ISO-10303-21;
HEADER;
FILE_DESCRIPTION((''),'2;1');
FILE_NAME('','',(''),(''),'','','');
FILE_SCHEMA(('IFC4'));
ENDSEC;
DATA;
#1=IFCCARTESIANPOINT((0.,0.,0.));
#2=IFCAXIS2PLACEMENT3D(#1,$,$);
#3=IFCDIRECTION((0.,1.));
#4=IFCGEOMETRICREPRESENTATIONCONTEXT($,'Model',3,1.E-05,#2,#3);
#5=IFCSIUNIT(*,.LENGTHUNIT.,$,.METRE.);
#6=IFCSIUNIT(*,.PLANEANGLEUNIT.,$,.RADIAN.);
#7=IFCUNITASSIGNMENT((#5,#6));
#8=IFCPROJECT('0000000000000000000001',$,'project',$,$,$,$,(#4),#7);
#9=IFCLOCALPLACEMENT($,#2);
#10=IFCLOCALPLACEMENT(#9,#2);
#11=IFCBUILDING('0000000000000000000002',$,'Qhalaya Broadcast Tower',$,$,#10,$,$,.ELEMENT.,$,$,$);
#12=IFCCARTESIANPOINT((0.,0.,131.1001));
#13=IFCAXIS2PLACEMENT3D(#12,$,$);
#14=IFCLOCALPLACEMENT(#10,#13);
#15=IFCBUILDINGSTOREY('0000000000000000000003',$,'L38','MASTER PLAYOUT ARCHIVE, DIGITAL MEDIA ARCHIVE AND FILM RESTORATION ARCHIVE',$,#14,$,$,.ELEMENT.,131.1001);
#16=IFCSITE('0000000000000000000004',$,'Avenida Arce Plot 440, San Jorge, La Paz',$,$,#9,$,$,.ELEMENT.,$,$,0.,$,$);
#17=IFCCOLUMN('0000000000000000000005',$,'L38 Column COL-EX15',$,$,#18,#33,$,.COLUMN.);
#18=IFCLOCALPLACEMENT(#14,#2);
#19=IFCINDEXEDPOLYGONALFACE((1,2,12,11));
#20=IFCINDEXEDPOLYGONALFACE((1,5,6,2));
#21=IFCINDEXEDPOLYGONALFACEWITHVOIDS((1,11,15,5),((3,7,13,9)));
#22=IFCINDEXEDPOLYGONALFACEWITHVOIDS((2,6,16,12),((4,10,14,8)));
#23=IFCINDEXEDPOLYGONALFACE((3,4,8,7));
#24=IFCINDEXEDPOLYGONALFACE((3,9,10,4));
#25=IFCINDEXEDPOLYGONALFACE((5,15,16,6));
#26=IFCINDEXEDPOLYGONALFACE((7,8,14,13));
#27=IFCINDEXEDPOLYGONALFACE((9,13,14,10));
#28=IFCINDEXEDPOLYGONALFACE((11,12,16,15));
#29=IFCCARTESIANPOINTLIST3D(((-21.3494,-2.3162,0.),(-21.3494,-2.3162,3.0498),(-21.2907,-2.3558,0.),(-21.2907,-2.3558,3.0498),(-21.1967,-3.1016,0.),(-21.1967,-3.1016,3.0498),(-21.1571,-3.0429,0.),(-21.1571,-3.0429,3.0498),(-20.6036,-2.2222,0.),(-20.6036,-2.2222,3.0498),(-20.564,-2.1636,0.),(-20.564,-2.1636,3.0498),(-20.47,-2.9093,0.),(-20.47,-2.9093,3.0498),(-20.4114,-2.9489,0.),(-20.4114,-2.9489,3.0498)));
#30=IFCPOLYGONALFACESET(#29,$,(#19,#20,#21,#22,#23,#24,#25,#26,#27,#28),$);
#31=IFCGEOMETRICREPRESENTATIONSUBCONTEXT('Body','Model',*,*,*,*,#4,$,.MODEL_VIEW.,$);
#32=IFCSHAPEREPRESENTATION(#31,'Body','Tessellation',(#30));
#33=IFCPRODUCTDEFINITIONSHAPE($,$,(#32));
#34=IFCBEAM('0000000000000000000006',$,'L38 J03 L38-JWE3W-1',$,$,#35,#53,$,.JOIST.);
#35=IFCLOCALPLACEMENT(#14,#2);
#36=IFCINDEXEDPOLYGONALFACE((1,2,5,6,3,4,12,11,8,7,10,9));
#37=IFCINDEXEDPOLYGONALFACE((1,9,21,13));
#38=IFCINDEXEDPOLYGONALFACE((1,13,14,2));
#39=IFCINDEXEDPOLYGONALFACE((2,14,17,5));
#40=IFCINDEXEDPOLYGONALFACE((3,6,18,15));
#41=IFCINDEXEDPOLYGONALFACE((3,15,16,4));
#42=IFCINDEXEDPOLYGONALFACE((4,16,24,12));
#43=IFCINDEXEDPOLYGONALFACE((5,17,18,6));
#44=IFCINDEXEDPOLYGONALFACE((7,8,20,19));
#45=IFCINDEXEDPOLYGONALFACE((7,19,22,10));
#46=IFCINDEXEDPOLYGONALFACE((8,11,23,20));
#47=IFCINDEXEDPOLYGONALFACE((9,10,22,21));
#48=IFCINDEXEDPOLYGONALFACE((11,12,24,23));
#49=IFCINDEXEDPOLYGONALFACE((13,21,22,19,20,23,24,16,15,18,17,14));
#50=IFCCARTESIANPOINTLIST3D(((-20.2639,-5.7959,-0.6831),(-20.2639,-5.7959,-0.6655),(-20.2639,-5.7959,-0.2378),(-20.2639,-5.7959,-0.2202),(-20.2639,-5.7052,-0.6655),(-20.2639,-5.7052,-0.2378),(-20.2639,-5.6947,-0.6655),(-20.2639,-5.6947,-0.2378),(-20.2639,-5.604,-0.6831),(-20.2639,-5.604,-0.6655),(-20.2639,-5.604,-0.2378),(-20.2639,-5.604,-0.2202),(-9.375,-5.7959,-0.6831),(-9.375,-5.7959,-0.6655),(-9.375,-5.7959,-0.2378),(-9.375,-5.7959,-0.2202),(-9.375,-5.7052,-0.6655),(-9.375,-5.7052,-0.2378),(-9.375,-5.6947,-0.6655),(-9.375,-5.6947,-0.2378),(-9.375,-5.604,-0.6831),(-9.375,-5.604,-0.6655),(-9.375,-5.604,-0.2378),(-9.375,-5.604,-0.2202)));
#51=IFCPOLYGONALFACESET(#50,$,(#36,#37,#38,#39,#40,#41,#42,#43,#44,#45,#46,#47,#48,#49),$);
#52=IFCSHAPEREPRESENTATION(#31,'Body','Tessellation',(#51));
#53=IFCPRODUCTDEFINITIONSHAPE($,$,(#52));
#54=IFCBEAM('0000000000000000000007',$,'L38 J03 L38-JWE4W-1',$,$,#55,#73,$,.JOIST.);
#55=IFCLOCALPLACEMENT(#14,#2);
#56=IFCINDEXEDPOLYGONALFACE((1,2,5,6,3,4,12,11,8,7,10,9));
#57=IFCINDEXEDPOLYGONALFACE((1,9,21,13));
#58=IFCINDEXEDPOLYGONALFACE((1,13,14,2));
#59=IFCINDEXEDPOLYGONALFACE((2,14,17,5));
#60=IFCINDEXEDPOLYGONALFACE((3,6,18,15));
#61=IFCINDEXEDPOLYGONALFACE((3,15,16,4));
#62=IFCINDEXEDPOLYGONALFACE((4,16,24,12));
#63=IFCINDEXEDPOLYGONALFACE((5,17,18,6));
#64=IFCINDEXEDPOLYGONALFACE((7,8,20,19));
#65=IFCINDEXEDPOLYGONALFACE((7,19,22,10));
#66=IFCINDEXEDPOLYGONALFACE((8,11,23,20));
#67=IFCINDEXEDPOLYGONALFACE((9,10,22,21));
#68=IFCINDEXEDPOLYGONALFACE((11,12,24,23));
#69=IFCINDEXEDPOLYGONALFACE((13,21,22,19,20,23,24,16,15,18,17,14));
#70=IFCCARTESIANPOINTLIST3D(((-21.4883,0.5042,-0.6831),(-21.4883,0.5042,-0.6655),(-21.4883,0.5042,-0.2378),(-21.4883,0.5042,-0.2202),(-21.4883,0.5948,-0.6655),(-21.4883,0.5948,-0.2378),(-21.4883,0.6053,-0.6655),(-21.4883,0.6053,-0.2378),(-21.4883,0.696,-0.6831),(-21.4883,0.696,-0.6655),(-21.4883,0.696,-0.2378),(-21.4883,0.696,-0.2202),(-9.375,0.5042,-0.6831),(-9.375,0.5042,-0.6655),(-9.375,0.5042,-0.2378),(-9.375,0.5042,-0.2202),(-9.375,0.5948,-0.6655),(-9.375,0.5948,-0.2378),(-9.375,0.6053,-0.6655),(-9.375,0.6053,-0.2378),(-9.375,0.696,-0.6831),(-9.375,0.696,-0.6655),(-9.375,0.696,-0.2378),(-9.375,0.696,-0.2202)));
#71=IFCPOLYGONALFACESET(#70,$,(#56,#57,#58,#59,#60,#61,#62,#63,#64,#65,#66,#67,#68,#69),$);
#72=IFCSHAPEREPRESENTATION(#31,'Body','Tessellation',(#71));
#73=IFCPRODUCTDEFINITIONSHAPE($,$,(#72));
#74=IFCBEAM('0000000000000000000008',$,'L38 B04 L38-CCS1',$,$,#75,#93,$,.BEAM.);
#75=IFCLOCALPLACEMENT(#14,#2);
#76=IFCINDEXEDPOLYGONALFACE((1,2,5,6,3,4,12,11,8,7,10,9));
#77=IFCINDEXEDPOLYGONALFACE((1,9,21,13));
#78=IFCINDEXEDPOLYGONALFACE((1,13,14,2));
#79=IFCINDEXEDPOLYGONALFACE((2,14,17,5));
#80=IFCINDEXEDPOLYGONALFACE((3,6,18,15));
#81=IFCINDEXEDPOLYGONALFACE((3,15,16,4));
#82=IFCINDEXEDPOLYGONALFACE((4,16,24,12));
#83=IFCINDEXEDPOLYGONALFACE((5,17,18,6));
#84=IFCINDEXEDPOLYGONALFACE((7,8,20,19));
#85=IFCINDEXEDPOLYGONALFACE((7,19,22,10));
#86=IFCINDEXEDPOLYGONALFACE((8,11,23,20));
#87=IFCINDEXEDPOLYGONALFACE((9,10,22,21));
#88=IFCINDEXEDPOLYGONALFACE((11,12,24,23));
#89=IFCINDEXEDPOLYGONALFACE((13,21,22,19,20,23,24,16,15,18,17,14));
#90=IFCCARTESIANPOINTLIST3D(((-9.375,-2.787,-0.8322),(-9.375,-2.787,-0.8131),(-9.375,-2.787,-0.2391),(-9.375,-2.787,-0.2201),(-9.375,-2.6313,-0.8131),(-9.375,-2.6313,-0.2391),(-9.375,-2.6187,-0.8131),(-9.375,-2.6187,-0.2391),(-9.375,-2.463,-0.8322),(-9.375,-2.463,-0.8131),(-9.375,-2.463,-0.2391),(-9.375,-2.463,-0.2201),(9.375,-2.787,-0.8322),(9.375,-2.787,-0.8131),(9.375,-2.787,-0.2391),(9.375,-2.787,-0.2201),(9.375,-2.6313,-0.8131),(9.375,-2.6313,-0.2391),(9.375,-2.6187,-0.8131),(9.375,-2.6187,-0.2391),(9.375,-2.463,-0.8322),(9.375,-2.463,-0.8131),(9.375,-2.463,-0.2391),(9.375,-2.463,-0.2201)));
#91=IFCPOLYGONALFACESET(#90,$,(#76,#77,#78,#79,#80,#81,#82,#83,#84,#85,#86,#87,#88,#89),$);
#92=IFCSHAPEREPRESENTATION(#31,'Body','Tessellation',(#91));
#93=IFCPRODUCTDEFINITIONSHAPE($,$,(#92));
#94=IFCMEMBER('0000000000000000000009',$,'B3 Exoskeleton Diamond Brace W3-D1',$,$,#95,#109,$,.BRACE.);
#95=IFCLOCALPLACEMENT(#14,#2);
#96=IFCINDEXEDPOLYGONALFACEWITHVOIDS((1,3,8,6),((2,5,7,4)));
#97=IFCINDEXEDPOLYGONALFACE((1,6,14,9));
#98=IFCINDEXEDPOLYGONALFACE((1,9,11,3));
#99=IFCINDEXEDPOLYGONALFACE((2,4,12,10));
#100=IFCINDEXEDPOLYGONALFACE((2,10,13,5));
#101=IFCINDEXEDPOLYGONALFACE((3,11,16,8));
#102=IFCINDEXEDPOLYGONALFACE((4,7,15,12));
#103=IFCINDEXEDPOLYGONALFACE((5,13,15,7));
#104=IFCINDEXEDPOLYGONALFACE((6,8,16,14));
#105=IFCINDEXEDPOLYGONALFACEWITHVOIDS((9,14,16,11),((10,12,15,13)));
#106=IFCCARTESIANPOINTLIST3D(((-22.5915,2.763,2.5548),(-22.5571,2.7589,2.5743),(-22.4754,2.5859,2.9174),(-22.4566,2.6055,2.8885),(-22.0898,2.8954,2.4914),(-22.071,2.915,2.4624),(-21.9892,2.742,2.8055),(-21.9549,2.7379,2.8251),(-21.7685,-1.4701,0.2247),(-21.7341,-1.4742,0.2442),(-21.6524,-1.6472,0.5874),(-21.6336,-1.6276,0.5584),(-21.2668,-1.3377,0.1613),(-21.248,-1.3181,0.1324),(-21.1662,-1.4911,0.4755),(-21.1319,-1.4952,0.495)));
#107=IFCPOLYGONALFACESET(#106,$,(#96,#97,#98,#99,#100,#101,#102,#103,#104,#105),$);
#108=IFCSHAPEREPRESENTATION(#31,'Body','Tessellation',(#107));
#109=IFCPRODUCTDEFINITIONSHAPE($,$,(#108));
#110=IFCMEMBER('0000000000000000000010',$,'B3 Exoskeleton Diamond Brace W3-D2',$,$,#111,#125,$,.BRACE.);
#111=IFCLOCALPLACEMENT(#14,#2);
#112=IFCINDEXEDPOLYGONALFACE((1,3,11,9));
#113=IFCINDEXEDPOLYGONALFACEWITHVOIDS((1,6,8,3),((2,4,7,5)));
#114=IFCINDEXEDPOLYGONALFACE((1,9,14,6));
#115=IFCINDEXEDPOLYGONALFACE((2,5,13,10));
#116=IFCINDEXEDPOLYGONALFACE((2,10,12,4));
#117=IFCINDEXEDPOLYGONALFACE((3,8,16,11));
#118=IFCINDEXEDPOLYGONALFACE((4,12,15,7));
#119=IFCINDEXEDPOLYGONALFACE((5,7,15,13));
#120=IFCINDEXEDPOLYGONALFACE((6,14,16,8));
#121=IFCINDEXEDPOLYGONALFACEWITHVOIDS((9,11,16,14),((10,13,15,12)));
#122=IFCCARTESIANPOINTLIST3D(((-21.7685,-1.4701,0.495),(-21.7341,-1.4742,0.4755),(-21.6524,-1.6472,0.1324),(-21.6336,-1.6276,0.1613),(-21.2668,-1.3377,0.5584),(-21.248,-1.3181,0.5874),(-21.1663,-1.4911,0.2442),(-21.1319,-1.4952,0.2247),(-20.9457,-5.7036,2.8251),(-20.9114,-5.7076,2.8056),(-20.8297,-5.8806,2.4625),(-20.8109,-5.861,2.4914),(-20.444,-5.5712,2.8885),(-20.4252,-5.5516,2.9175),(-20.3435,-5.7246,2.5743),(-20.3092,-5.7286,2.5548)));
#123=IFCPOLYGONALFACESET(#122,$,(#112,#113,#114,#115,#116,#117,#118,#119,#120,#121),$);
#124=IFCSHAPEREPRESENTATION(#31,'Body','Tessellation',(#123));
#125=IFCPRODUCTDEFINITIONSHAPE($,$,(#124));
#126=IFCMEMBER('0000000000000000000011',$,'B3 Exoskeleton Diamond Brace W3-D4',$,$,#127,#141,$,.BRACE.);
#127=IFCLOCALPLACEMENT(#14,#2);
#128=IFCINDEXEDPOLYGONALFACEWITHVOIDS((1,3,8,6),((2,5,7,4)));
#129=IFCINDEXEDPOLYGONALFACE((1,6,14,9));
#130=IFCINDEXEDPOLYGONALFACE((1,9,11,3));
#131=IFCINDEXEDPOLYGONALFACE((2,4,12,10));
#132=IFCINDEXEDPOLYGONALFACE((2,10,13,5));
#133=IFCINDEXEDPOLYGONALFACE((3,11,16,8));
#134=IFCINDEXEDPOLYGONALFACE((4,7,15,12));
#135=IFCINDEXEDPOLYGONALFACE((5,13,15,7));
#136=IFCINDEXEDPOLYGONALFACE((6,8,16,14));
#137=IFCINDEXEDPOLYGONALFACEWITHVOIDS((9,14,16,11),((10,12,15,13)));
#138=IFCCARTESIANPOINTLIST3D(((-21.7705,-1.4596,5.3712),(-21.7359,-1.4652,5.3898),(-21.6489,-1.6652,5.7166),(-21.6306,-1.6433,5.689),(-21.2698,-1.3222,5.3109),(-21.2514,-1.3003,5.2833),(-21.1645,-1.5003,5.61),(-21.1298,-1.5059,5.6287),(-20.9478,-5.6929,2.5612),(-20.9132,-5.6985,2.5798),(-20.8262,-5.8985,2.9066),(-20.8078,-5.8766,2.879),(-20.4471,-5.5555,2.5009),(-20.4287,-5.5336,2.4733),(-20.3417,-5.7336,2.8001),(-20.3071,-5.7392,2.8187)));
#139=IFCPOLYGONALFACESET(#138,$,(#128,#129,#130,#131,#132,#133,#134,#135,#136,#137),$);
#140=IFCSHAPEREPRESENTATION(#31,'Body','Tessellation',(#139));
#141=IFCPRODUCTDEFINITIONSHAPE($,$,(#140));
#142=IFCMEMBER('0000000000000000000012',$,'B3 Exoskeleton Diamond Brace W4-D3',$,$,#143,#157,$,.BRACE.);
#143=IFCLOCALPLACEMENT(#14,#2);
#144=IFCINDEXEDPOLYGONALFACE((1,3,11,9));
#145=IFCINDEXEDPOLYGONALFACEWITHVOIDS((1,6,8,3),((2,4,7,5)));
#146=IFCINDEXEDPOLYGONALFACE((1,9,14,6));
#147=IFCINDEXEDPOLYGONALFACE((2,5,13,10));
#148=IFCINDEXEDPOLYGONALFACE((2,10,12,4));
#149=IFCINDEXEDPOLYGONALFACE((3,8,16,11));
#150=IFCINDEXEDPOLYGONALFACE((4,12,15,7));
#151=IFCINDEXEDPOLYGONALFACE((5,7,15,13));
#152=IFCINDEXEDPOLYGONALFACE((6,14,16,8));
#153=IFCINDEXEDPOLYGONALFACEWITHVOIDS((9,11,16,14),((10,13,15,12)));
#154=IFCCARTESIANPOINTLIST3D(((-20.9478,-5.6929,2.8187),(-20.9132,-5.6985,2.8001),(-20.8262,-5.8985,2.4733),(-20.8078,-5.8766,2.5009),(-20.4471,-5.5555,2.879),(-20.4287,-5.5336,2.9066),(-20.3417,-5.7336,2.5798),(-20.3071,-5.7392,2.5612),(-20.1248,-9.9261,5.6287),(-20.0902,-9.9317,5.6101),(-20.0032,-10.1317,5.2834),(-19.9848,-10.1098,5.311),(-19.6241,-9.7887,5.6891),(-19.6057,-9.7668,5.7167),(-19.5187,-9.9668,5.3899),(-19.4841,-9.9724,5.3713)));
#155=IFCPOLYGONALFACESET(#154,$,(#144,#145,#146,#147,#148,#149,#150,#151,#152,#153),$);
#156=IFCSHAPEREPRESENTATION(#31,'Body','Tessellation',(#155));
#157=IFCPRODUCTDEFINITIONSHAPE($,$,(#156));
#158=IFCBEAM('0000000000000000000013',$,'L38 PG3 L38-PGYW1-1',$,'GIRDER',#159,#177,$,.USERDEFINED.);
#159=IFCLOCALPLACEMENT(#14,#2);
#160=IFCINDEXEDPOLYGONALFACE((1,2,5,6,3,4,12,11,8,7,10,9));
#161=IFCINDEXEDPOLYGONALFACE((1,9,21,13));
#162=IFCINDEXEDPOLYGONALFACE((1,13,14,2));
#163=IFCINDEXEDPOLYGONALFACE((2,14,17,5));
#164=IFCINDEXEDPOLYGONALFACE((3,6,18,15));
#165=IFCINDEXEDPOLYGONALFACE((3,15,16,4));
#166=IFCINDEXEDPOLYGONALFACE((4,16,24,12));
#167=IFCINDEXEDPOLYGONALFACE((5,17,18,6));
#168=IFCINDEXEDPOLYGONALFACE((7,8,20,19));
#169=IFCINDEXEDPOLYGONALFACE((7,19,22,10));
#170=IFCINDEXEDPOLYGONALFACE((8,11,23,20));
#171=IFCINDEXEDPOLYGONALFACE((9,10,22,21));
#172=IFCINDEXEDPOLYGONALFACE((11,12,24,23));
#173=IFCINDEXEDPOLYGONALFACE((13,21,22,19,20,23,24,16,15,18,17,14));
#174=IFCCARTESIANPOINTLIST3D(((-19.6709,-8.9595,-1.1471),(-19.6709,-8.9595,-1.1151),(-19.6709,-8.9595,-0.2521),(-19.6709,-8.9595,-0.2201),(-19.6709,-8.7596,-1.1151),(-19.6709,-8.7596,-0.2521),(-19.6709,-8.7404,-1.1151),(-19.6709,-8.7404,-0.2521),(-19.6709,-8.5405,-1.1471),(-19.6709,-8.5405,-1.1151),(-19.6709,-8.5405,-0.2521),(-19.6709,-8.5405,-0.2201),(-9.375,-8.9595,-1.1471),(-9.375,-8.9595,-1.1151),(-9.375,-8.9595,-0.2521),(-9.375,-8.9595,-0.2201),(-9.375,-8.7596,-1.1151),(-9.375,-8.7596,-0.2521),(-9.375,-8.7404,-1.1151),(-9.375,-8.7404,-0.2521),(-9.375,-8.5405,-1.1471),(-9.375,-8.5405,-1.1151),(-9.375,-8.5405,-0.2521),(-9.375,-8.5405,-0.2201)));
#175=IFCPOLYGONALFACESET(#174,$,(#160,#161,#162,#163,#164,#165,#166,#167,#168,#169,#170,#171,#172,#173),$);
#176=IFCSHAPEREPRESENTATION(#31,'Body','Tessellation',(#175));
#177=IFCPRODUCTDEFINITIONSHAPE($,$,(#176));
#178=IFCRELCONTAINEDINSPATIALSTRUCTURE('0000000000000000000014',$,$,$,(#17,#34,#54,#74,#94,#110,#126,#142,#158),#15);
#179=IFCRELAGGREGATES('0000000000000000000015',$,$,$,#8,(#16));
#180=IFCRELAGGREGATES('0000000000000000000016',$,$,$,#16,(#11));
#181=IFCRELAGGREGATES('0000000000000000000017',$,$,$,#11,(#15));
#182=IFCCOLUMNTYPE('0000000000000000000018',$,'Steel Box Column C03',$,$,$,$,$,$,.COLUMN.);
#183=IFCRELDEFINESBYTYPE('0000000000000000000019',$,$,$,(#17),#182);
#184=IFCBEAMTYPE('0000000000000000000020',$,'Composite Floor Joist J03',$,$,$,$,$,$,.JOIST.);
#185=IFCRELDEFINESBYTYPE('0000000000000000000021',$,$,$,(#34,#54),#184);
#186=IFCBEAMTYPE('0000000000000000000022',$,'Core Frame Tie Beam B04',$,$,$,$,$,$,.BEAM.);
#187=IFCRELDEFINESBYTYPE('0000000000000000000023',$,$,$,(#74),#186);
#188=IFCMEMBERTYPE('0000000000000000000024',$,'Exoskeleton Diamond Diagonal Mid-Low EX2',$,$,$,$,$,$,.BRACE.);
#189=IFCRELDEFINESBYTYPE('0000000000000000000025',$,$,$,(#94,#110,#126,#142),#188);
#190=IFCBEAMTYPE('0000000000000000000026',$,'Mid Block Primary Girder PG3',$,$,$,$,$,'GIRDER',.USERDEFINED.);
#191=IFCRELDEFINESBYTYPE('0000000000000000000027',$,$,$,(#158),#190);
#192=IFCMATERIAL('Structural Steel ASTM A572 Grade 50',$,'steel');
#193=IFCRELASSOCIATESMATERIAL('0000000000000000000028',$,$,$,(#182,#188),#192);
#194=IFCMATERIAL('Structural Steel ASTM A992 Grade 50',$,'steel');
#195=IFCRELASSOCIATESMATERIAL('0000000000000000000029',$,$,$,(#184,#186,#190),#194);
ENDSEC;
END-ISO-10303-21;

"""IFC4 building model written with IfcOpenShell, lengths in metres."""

from ifc_helpers import new_model, si_unit, direction, frame, origin, origin_2d, place, context, subcontext, project, spatial, hollow_rectangle, i_section, extrude, material, material_profile, profile_set, type_object, element, save


model = new_model("IFC4")

# Units and contexts
model_context = context("Model", 3, precision=1e-05, world=origin(), true_north=direction((0.0, 1.0)))
body_context = subcontext(model_context, "Body", "Model", "MODEL_VIEW")
ifc_project = project(units=[si_unit("LENGTHUNIT", "METRE"), si_unit("PLANEANGLEUNIT", "RADIAN")], contexts=[model_context])

# Site, building, storey
site_placement = place(None, origin())
site = spatial("IfcSite", under=ifc_project, at=site_placement, Name="Avenida Arce Plot 440, San Jorge, La Paz", CompositionType="ELEMENT", RefElevation=0.0)
building_placement = place(site_placement, origin())
building = spatial("IfcBuilding", under=site, at=building_placement, Name="Qhalaya Broadcast Tower", CompositionType="ELEMENT")
storey_placement = place(building_placement, frame((0.0, 0.0, 131.1001)))
storey = spatial("IfcBuildingStorey", under=building, at=storey_placement, Name="L38", Description="MASTER PLAYOUT ARCHIVE, DIGITAL MEDIA ARCHIVE AND FILM RESTORATION ARCHIVE", CompositionType="ELEMENT", Elevation=131.1001)

# Column
ifc_material_1 = material(Name="Structural Steel ASTM A572 Grade 50", Category="steel")
ifc_material_profile_1 = material_profile(ifc_material_1, hollow_rectangle(XDim=0.8, YDim=0.8, WallThickness=0.05, at=origin_2d()), Name="BOX 800x800x50")
ifc_profile_set_1 = profile_set([ifc_material_profile_1], Name="Structural Steel ASTM A572 Grade 50")
column_type = type_object("IfcColumnType", Name="Steel Box Column C03", PredefinedType="COLUMN", material=ifc_profile_set_1)
column_placement = place(storey_placement, frame((-20.8804, -2.6326, 0.0), z_axis=(0.0, 0.0, 1.0), x_axis=(-0.190809, 0.981627, 0.0)))
element("IfcColumn", 1, at=column_placement, inside=storey, type_object=column_type, Name="L38 Column COL-EX15", PredefinedType="COLUMN", context=body_context, shape_type="SweptSolid", body=[
    extrude(hollow_rectangle(XDim=0.8, YDim=0.8, WallThickness=0.05, at=origin_2d()), origin(), (0.0, 0.0, 1.0), 3.0498),
])

# Beams
ifc_material_2 = material(Name="Structural Steel ASTM A992 Grade 50", Category="steel")
ifc_material_profile_2 = material_profile(ifc_material_2, i_section(OverallWidth=0.1919, OverallDepth=0.4629, WebThickness=0.0105, FlangeThickness=0.0176, at=origin_2d()), Name="W18X60")
ifc_profile_set_2 = profile_set([ifc_material_profile_2], Name="Structural Steel ASTM A992 Grade 50")
beam_type_1 = type_object("IfcBeamType", Name="Composite Floor Joist J03", PredefinedType="JOIST", material=ifc_profile_set_2)
beam_1_placement = place(storey_placement, frame((-20.2639, -5.7, -0.4517), z_axis=(1.0, 0.0, 0.0), x_axis=(0.0, 1.0, 0.0)))
element("IfcBeam", 2, at=beam_1_placement, inside=storey, type_object=beam_type_1, Name="L38 J03 L38-JWE3W-1", PredefinedType="JOIST", context=body_context, shape_type="SweptSolid", body=[
    extrude(i_section(OverallWidth=0.1919, OverallDepth=0.4629, WebThickness=0.0105, FlangeThickness=0.0176, at=origin_2d()), origin(), (0.0, 0.0, 1.0), 10.8889),
])
beam_2_placement = place(storey_placement, frame((-21.4883, 0.6001, -0.4517), z_axis=(1.0, 0.0, 0.0), x_axis=(0.0, 1.0, 0.0)))
element("IfcBeam", 3, at=beam_2_placement, inside=storey, type_object=beam_type_1, Name="L38 J03 L38-JWE4W-1", PredefinedType="JOIST", context=body_context, shape_type="SweptSolid", body=[
    extrude(i_section(OverallWidth=0.1919, OverallDepth=0.4629, WebThickness=0.0105, FlangeThickness=0.0176, at=origin_2d()), origin(), (0.0, 0.0, 1.0), 12.1133),
])
ifc_material_profile_3 = material_profile(ifc_material_2, i_section(OverallWidth=0.324, OverallDepth=0.6121, WebThickness=0.0127, FlangeThickness=0.019, at=origin_2d()), Name="W24X104")
ifc_profile_set_3 = profile_set([ifc_material_profile_3], Name="Structural Steel ASTM A992 Grade 50")
beam_type_2 = type_object("IfcBeamType", Name="Core Frame Tie Beam B04", PredefinedType="BEAM", material=ifc_profile_set_3)
beam_3_placement = place(storey_placement, frame((-9.375, -2.625, -0.5261), z_axis=(1.0, 0.0, 0.0), x_axis=(0.0, 1.0, 0.0)))
element("IfcBeam", 4, at=beam_3_placement, inside=storey, type_object=beam_type_2, Name="L38 B04 L38-CCS1", PredefinedType="BEAM", context=body_context, shape_type="SweptSolid", body=[
    extrude(i_section(OverallWidth=0.324, OverallDepth=0.6121, WebThickness=0.0127, FlangeThickness=0.019, at=origin_2d()), origin(), (0.0, 0.0, 1.0), 18.75),
])

# Members
ifc_material_profile_4 = material_profile(ifc_material_1, hollow_rectangle(XDim=0.4199, YDim=0.55, WallThickness=0.0281, at=origin_2d()), Name="BOX 420x550x28")
ifc_profile_set_4 = profile_set([ifc_material_profile_4], Name="Structural Steel ASTM A572 Grade 50")
member_type = type_object("IfcMemberType", Name="Exoskeleton Diamond Diagonal Mid-Low EX2", PredefinedType="BRACE", material=ifc_profile_set_4)
member_1_placement = place(storey_placement, frame((-21.4502, -1.4827, 0.3599), z_axis=(-0.167902, 0.863618, 0.475366), x_axis=(0.276356, -0.421641, 0.863624)))
element("IfcMember", 5, at=member_1_placement, inside=storey, type_object=member_type, Name="B3 Exoskeleton Diamond Brace W3-D1", PredefinedType="BRACE", context=body_context, shape_type="SweptSolid", body=[
    extrude(hollow_rectangle(XDim=0.4199, YDim=0.55, WallThickness=0.0281, at=origin_2d()), origin(), (0.0, 0.0, 1.0), 4.9016),
])
member_2_placement = place(storey_placement, frame((-21.4502, -1.4827, 0.3599), z_axis=(0.167847, -0.863638, 0.475349), x_axis=(-0.276325, 0.421643, 0.863633)))
element("IfcMember", 6, at=member_2_placement, inside=storey, type_object=member_type, Name="B3 Exoskeleton Diamond Brace W3-D2", PredefinedType="BRACE", context=body_context, shape_type="SweptSolid", body=[
    extrude(hollow_rectangle(XDim=0.4199, YDim=0.55, WallThickness=0.0281, at=origin_2d()), origin(), (0.0, 0.0, 1.0), 4.9019),
])
for number, where, z_axis, x_axis, name in (
    (7, (-20.6274, -5.7161, 2.6899), (-0.159841, 0.822445, 0.545925), (0.289542, -0.48965, 0.82244), "B3 Exoskeleton Diamond Brace W3-D4"),
    (8, (-20.6274, -5.7161, 2.6899), (0.159893, -0.822424, 0.545943), (-0.289578, 0.489647, 0.822429), "B3 Exoskeleton Diamond Brace W4-D3"),
):
    element("IfcMember", number, at=place(storey_placement, frame(where, z_axis=z_axis, x_axis=x_axis)), inside=storey, type_object=member_type, Name=name, PredefinedType="BRACE", context=body_context, shape_type="SweptSolid", body=[
        extrude(hollow_rectangle(XDim=0.4199, YDim=0.55, WallThickness=0.0281, at=origin_2d()), origin(), (0.0, 0.0, 1.0), 5.1472),
    ])

# Beam
ifc_material_profile_5 = material_profile(ifc_material_2, i_section(OverallWidth=0.4189, OverallDepth=0.927, WebThickness=0.0193, FlangeThickness=0.032, at=origin_2d()), Name="W36X231")
ifc_profile_set_5 = profile_set([ifc_material_profile_5], Name="Structural Steel ASTM A992 Grade 50")
beam_type_3 = type_object("IfcBeamType", Name="Mid Block Primary Girder PG3", ElementType="GIRDER", PredefinedType="USERDEFINED", material=ifc_profile_set_5)
beam_4_placement = place(storey_placement, frame((-19.6709, -8.75, -0.6836), z_axis=(1.0, 0.0, 0.0), x_axis=(0.0, 1.0, 0.0)))
element("IfcBeam", 9, at=beam_4_placement, inside=storey, type_object=beam_type_3, Name="L38 PG3 L38-PGYW1-1", ObjectType="GIRDER", PredefinedType="USERDEFINED", context=body_context, shape_type="SweptSolid", body=[
    extrude(i_section(OverallWidth=0.4189, OverallDepth=0.927, WebThickness=0.0193, FlangeThickness=0.032, at=origin_2d()), origin(), (0.0, 0.0, 1.0), 10.2959),
])

save(model, "model.ifc")
